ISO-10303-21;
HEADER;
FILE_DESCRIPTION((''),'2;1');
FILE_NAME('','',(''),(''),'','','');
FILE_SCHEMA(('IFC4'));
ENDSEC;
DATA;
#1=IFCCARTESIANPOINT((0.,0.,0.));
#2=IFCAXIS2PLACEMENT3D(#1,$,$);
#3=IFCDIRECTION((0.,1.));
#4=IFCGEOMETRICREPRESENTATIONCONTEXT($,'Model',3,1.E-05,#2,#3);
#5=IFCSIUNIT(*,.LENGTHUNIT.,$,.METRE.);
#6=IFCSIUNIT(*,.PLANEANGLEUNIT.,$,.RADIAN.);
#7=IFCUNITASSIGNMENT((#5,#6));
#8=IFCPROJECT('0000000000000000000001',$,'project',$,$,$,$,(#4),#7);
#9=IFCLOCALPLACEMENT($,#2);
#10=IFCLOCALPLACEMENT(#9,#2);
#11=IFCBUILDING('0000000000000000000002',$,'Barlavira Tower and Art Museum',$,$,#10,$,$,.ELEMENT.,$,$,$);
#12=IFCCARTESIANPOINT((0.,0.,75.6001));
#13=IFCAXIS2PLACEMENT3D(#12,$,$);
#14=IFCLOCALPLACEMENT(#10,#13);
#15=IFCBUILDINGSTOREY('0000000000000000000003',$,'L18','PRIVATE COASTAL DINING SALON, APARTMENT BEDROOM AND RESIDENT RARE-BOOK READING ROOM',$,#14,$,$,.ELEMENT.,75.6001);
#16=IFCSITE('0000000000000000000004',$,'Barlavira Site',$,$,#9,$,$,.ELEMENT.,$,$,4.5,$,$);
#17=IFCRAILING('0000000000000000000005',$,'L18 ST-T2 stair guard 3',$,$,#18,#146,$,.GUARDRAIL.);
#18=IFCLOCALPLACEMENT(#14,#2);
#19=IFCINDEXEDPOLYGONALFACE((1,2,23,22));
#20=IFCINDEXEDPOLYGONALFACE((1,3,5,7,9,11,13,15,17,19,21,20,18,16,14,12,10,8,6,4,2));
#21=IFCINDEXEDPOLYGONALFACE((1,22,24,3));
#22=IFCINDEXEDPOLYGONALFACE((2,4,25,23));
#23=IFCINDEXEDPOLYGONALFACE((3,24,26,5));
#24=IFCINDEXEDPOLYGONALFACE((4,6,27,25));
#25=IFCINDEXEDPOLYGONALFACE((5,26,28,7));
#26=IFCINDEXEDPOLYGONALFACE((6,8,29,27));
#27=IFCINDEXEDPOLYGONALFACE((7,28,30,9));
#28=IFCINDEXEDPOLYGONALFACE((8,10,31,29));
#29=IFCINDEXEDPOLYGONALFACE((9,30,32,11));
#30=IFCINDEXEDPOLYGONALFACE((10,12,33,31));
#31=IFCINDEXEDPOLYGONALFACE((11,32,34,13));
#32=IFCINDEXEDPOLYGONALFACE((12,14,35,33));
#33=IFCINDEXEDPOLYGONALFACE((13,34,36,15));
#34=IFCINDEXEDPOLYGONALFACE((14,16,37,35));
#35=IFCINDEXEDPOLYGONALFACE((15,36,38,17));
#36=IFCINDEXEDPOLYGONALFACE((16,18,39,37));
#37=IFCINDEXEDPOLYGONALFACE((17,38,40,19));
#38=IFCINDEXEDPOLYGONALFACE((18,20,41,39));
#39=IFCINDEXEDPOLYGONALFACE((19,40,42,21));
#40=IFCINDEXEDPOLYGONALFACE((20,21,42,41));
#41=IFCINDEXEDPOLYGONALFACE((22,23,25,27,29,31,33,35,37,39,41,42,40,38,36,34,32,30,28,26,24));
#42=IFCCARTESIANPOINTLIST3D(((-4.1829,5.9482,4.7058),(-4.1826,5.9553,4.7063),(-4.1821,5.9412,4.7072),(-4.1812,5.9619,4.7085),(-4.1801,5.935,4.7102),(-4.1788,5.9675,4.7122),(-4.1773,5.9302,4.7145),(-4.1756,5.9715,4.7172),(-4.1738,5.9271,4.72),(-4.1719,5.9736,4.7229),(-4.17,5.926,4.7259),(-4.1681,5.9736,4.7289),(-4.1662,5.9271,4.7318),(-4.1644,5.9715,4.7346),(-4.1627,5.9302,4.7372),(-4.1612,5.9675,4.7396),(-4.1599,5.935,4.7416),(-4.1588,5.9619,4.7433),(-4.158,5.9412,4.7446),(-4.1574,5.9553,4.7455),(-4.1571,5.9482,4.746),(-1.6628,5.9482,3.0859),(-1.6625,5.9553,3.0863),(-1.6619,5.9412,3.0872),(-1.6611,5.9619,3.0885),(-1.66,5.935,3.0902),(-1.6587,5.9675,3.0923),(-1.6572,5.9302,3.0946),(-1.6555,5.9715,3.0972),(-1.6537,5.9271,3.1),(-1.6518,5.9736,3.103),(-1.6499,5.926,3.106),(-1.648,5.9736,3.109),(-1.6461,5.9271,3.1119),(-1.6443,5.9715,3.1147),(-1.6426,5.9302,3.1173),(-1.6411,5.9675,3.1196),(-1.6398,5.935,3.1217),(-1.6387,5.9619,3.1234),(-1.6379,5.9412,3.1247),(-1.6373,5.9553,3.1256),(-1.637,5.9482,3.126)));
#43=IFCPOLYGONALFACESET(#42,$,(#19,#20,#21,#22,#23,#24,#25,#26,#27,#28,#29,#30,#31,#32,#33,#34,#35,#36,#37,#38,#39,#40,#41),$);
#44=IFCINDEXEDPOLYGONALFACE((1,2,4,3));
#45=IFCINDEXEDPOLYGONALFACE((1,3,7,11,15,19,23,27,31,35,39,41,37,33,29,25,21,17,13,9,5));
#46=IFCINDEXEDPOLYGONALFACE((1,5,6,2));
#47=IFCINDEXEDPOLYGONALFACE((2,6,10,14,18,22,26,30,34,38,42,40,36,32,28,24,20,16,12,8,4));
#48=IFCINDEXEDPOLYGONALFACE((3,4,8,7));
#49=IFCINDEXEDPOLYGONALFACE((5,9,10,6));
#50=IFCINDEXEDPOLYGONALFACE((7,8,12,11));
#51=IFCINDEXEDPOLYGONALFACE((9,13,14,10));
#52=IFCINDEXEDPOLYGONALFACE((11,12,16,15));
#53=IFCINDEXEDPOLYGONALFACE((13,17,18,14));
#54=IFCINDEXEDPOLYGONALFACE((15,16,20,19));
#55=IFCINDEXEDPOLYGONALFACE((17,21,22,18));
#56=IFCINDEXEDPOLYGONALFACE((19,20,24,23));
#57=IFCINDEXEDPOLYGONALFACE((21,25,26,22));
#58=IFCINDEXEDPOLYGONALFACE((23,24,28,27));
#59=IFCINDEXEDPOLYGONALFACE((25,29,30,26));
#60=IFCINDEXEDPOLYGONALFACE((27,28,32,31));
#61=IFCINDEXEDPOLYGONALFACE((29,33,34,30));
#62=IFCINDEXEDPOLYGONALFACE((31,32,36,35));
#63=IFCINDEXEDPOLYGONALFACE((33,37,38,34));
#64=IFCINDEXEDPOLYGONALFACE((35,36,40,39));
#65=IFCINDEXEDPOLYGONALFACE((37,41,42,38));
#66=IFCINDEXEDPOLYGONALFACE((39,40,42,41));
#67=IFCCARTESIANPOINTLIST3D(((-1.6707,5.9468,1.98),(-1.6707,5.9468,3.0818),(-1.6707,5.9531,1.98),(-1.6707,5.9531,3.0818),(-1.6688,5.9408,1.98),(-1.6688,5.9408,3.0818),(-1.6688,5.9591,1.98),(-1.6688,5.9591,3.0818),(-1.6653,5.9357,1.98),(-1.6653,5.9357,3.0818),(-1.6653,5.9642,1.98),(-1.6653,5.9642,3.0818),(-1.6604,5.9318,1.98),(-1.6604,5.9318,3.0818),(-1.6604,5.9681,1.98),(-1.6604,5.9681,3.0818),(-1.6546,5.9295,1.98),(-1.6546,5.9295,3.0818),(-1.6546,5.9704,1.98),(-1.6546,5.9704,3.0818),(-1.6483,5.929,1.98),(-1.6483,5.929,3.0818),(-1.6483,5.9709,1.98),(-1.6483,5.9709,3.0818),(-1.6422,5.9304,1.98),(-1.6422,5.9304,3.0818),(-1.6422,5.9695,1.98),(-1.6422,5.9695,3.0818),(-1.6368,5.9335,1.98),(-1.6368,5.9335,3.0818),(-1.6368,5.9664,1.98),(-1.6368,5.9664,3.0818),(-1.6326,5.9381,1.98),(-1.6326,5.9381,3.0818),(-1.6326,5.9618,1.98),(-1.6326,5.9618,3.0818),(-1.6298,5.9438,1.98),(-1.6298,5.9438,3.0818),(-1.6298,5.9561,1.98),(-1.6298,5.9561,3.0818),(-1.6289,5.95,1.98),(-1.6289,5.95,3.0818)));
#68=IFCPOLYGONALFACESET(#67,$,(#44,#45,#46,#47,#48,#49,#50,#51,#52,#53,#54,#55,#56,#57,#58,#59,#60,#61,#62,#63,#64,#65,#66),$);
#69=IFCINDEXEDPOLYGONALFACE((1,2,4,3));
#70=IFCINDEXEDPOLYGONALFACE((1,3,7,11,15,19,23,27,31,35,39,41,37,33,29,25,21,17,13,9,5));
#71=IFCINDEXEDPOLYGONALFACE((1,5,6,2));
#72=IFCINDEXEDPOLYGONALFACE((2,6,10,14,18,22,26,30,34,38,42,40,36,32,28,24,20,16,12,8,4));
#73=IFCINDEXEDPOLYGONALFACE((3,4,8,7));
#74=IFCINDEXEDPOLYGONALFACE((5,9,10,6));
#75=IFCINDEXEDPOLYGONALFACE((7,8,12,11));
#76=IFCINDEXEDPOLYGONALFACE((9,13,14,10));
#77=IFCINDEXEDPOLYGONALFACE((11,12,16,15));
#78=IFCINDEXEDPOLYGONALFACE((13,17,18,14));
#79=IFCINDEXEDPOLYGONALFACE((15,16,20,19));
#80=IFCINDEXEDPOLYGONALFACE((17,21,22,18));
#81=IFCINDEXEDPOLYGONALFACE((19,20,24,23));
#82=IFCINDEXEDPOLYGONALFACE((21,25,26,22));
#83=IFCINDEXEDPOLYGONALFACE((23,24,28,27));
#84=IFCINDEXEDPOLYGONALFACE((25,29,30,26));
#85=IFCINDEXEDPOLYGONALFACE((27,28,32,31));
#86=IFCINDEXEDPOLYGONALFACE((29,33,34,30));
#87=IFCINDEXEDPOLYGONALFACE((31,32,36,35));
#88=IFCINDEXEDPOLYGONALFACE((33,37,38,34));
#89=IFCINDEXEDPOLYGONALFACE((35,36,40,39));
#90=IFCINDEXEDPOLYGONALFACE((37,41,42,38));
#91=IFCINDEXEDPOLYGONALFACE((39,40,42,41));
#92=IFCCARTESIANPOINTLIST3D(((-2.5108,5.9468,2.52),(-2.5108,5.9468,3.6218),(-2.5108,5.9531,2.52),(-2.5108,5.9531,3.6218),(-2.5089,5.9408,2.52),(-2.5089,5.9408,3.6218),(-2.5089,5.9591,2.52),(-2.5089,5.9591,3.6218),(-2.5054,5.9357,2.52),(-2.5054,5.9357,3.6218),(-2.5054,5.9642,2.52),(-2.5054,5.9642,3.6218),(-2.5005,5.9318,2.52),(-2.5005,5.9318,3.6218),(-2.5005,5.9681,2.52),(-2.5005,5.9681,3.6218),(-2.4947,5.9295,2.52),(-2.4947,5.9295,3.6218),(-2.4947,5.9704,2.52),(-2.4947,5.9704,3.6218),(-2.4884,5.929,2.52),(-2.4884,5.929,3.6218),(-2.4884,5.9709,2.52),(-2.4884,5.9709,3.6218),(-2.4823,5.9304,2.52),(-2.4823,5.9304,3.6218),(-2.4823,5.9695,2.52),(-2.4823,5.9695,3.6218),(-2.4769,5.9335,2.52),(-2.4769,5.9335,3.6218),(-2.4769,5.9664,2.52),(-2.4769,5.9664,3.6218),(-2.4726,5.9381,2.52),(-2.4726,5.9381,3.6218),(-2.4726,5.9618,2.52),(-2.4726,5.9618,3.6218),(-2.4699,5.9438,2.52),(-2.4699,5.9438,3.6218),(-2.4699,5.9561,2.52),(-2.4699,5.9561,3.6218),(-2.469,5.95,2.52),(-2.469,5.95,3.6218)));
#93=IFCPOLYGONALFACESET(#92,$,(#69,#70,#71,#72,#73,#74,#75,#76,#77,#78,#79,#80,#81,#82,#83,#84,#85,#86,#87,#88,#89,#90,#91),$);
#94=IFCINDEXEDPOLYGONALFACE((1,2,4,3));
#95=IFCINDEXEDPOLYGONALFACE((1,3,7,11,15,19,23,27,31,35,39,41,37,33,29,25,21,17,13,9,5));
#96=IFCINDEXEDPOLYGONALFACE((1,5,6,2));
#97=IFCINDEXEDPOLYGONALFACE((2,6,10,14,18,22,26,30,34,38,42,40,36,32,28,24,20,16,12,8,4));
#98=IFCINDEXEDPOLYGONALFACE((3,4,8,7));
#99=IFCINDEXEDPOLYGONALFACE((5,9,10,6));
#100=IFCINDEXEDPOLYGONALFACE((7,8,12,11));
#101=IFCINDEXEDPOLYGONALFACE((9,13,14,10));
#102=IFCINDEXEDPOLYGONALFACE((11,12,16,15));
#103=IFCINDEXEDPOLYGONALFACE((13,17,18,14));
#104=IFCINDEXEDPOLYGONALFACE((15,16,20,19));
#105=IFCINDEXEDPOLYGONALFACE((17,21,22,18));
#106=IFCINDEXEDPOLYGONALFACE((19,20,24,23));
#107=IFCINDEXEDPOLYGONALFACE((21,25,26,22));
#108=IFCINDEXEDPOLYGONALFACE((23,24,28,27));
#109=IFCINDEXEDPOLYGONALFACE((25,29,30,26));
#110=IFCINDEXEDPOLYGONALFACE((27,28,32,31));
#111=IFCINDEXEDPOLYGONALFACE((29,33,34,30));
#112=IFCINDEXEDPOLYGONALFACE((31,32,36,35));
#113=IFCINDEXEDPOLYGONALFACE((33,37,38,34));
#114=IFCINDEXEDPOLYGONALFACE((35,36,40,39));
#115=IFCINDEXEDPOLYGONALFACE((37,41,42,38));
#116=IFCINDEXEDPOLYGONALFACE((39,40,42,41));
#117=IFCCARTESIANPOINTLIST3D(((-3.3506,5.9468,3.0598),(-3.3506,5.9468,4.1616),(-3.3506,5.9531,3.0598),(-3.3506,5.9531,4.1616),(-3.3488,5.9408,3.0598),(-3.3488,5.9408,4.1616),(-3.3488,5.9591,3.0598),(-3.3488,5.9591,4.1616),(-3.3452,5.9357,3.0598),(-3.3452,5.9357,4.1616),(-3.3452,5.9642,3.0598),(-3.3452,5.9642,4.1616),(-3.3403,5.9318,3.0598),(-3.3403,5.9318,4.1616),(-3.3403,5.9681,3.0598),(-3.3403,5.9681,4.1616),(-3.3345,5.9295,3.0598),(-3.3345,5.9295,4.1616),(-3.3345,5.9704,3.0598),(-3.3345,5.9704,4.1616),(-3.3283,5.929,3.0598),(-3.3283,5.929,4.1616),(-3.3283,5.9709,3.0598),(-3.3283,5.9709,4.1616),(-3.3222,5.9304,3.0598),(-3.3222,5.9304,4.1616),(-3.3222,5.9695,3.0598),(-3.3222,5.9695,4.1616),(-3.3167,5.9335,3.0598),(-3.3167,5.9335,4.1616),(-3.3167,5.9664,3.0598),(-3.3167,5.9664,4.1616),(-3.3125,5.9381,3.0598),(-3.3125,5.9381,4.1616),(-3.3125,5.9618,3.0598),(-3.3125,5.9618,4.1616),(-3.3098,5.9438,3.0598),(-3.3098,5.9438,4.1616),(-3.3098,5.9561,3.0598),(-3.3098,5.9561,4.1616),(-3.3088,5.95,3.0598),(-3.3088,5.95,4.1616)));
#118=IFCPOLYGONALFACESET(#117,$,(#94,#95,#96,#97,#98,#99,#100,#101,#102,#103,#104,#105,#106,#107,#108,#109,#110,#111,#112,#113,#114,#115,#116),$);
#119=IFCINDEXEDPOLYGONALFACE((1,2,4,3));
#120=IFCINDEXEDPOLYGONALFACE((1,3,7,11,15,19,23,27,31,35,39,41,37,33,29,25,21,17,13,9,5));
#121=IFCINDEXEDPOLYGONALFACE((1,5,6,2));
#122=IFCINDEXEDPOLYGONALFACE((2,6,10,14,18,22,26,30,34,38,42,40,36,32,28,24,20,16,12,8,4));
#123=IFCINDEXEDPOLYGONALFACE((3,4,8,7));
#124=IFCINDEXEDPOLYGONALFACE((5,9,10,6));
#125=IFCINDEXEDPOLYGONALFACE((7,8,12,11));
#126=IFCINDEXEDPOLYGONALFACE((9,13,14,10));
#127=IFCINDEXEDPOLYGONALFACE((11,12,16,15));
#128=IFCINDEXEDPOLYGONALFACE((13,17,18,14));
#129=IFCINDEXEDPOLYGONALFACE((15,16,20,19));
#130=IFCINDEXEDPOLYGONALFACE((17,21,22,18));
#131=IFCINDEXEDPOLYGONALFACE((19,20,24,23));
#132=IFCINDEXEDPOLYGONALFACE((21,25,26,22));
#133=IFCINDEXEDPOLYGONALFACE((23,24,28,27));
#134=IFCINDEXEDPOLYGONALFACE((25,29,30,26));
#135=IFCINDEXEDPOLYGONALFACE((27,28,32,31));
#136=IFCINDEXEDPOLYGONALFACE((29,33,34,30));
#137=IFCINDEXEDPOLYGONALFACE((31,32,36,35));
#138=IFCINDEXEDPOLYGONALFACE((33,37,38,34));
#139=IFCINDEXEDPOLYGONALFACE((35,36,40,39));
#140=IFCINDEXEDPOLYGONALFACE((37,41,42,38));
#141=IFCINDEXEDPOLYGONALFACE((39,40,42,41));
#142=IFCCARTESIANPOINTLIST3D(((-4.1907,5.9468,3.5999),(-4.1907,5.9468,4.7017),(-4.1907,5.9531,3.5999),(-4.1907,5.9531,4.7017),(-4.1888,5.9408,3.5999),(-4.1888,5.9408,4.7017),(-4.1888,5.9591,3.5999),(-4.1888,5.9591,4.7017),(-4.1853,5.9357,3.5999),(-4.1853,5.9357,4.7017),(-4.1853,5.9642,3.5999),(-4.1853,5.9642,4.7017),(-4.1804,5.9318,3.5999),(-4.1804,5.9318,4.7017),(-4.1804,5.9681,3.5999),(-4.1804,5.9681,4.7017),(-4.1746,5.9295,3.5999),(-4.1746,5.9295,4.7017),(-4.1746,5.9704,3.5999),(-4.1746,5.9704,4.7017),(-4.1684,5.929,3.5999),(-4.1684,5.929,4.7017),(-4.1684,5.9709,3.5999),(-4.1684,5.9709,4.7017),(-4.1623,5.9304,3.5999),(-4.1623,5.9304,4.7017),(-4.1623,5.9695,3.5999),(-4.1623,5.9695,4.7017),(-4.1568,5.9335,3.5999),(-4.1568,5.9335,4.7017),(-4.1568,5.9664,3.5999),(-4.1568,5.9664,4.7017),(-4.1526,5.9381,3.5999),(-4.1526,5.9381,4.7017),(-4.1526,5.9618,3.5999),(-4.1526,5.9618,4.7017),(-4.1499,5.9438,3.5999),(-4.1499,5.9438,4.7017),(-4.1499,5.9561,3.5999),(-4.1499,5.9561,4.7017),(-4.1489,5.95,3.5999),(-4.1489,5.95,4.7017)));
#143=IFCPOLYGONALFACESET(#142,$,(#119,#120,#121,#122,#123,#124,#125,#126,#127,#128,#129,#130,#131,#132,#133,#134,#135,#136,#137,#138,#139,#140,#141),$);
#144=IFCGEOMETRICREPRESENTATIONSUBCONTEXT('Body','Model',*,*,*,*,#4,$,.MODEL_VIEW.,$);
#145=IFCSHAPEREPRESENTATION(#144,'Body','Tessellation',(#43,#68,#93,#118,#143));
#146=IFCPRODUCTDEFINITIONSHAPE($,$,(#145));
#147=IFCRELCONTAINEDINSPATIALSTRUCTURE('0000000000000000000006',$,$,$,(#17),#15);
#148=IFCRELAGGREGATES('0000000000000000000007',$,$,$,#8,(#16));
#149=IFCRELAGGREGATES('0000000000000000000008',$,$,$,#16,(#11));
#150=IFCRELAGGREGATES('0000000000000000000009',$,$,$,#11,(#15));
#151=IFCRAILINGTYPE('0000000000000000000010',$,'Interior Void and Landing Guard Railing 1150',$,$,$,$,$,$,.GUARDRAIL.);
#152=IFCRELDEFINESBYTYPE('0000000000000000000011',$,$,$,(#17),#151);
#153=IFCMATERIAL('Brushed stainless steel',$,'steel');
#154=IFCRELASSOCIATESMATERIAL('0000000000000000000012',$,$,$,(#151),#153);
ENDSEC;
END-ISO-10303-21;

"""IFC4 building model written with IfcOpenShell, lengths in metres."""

from ifc_helpers import new_model, si_unit, direction, frame, origin, origin_2d, place, context, subcontext, project, spatial, circle, extrude, material, type_object, element, save


model = new_model("IFC4")

# Units and contexts
model_context = context("Model", 3, precision=1e-05, world=origin(), true_north=direction((0.0, 1.0)))
body_context = subcontext(model_context, "Body", "Model", "MODEL_VIEW")
ifc_project = project(units=[si_unit("LENGTHUNIT", "METRE"), si_unit("PLANEANGLEUNIT", "RADIAN")], contexts=[model_context])

# Site, building, storey
site_placement = place(None, origin())
site = spatial("IfcSite", under=ifc_project, at=site_placement, Name="Barlavira Site", CompositionType="ELEMENT", RefElevation=4.5)
building_placement = place(site_placement, origin())
building = spatial("IfcBuilding", under=site, at=building_placement, Name="Barlavira Tower and Art Museum", CompositionType="ELEMENT")
storey_placement = place(building_placement, frame((0.0, 0.0, 75.6001)))
storey = spatial("IfcBuildingStorey", under=building, at=storey_placement, Name="L18", Description="PRIVATE COASTAL DINING SALON, APARTMENT BEDROOM AND RESIDENT RARE-BOOK READING ROOM", CompositionType="ELEMENT", Elevation=75.6001)

# Shared definitions
ifc_material_1 = material(Name="Brushed stainless steel", Category="steel")

# Railing
railing_type_1 = type_object("IfcRailingType", Name="Interior Void and Landing Guard Railing 1150", PredefinedType="GUARDRAIL", material=ifc_material_1)
railing_1_placement = place(storey_placement, frame((-1.6499, 5.95, 1.98)))
element("IfcRailing", 1, at=railing_1_placement, inside=storey, type_object=railing_type_1, Name="L18 ST-T2 stair guard 3", PredefinedType="GUARDRAIL", context=body_context, shape_type="SweptSolid", body=[
    extrude(circle(Radius=0.0239, at=origin_2d()), frame((0.0, 0.0, 1.126), z_axis=(-0.8412, 0.0, 0.540725), x_axis=(0.0, -1.0, 0.0)), (0.0, 0.0, 1.0), 2.9958),
    extrude(circle(Radius=0.021, at=origin_2d()), origin(), (0.0, 0.0, 1.0), 1.1018),
    extrude(circle(Radius=0.021, at=origin_2d()), frame((-0.8401, 0.0, 0.54)), (0.0, 0.0, 1.0), 1.1018),
    extrude(circle(Radius=0.021, at=origin_2d()), frame((-1.6799, 0.0, 1.0798)), (0.0, 0.0, 1.0), 1.1018),
    extrude(circle(Radius=0.021, at=origin_2d()), frame((-2.52, 0.0, 1.6199)), (0.0, 0.0, 1.0), 1.1018),
])

save(model, "model.ifc")
